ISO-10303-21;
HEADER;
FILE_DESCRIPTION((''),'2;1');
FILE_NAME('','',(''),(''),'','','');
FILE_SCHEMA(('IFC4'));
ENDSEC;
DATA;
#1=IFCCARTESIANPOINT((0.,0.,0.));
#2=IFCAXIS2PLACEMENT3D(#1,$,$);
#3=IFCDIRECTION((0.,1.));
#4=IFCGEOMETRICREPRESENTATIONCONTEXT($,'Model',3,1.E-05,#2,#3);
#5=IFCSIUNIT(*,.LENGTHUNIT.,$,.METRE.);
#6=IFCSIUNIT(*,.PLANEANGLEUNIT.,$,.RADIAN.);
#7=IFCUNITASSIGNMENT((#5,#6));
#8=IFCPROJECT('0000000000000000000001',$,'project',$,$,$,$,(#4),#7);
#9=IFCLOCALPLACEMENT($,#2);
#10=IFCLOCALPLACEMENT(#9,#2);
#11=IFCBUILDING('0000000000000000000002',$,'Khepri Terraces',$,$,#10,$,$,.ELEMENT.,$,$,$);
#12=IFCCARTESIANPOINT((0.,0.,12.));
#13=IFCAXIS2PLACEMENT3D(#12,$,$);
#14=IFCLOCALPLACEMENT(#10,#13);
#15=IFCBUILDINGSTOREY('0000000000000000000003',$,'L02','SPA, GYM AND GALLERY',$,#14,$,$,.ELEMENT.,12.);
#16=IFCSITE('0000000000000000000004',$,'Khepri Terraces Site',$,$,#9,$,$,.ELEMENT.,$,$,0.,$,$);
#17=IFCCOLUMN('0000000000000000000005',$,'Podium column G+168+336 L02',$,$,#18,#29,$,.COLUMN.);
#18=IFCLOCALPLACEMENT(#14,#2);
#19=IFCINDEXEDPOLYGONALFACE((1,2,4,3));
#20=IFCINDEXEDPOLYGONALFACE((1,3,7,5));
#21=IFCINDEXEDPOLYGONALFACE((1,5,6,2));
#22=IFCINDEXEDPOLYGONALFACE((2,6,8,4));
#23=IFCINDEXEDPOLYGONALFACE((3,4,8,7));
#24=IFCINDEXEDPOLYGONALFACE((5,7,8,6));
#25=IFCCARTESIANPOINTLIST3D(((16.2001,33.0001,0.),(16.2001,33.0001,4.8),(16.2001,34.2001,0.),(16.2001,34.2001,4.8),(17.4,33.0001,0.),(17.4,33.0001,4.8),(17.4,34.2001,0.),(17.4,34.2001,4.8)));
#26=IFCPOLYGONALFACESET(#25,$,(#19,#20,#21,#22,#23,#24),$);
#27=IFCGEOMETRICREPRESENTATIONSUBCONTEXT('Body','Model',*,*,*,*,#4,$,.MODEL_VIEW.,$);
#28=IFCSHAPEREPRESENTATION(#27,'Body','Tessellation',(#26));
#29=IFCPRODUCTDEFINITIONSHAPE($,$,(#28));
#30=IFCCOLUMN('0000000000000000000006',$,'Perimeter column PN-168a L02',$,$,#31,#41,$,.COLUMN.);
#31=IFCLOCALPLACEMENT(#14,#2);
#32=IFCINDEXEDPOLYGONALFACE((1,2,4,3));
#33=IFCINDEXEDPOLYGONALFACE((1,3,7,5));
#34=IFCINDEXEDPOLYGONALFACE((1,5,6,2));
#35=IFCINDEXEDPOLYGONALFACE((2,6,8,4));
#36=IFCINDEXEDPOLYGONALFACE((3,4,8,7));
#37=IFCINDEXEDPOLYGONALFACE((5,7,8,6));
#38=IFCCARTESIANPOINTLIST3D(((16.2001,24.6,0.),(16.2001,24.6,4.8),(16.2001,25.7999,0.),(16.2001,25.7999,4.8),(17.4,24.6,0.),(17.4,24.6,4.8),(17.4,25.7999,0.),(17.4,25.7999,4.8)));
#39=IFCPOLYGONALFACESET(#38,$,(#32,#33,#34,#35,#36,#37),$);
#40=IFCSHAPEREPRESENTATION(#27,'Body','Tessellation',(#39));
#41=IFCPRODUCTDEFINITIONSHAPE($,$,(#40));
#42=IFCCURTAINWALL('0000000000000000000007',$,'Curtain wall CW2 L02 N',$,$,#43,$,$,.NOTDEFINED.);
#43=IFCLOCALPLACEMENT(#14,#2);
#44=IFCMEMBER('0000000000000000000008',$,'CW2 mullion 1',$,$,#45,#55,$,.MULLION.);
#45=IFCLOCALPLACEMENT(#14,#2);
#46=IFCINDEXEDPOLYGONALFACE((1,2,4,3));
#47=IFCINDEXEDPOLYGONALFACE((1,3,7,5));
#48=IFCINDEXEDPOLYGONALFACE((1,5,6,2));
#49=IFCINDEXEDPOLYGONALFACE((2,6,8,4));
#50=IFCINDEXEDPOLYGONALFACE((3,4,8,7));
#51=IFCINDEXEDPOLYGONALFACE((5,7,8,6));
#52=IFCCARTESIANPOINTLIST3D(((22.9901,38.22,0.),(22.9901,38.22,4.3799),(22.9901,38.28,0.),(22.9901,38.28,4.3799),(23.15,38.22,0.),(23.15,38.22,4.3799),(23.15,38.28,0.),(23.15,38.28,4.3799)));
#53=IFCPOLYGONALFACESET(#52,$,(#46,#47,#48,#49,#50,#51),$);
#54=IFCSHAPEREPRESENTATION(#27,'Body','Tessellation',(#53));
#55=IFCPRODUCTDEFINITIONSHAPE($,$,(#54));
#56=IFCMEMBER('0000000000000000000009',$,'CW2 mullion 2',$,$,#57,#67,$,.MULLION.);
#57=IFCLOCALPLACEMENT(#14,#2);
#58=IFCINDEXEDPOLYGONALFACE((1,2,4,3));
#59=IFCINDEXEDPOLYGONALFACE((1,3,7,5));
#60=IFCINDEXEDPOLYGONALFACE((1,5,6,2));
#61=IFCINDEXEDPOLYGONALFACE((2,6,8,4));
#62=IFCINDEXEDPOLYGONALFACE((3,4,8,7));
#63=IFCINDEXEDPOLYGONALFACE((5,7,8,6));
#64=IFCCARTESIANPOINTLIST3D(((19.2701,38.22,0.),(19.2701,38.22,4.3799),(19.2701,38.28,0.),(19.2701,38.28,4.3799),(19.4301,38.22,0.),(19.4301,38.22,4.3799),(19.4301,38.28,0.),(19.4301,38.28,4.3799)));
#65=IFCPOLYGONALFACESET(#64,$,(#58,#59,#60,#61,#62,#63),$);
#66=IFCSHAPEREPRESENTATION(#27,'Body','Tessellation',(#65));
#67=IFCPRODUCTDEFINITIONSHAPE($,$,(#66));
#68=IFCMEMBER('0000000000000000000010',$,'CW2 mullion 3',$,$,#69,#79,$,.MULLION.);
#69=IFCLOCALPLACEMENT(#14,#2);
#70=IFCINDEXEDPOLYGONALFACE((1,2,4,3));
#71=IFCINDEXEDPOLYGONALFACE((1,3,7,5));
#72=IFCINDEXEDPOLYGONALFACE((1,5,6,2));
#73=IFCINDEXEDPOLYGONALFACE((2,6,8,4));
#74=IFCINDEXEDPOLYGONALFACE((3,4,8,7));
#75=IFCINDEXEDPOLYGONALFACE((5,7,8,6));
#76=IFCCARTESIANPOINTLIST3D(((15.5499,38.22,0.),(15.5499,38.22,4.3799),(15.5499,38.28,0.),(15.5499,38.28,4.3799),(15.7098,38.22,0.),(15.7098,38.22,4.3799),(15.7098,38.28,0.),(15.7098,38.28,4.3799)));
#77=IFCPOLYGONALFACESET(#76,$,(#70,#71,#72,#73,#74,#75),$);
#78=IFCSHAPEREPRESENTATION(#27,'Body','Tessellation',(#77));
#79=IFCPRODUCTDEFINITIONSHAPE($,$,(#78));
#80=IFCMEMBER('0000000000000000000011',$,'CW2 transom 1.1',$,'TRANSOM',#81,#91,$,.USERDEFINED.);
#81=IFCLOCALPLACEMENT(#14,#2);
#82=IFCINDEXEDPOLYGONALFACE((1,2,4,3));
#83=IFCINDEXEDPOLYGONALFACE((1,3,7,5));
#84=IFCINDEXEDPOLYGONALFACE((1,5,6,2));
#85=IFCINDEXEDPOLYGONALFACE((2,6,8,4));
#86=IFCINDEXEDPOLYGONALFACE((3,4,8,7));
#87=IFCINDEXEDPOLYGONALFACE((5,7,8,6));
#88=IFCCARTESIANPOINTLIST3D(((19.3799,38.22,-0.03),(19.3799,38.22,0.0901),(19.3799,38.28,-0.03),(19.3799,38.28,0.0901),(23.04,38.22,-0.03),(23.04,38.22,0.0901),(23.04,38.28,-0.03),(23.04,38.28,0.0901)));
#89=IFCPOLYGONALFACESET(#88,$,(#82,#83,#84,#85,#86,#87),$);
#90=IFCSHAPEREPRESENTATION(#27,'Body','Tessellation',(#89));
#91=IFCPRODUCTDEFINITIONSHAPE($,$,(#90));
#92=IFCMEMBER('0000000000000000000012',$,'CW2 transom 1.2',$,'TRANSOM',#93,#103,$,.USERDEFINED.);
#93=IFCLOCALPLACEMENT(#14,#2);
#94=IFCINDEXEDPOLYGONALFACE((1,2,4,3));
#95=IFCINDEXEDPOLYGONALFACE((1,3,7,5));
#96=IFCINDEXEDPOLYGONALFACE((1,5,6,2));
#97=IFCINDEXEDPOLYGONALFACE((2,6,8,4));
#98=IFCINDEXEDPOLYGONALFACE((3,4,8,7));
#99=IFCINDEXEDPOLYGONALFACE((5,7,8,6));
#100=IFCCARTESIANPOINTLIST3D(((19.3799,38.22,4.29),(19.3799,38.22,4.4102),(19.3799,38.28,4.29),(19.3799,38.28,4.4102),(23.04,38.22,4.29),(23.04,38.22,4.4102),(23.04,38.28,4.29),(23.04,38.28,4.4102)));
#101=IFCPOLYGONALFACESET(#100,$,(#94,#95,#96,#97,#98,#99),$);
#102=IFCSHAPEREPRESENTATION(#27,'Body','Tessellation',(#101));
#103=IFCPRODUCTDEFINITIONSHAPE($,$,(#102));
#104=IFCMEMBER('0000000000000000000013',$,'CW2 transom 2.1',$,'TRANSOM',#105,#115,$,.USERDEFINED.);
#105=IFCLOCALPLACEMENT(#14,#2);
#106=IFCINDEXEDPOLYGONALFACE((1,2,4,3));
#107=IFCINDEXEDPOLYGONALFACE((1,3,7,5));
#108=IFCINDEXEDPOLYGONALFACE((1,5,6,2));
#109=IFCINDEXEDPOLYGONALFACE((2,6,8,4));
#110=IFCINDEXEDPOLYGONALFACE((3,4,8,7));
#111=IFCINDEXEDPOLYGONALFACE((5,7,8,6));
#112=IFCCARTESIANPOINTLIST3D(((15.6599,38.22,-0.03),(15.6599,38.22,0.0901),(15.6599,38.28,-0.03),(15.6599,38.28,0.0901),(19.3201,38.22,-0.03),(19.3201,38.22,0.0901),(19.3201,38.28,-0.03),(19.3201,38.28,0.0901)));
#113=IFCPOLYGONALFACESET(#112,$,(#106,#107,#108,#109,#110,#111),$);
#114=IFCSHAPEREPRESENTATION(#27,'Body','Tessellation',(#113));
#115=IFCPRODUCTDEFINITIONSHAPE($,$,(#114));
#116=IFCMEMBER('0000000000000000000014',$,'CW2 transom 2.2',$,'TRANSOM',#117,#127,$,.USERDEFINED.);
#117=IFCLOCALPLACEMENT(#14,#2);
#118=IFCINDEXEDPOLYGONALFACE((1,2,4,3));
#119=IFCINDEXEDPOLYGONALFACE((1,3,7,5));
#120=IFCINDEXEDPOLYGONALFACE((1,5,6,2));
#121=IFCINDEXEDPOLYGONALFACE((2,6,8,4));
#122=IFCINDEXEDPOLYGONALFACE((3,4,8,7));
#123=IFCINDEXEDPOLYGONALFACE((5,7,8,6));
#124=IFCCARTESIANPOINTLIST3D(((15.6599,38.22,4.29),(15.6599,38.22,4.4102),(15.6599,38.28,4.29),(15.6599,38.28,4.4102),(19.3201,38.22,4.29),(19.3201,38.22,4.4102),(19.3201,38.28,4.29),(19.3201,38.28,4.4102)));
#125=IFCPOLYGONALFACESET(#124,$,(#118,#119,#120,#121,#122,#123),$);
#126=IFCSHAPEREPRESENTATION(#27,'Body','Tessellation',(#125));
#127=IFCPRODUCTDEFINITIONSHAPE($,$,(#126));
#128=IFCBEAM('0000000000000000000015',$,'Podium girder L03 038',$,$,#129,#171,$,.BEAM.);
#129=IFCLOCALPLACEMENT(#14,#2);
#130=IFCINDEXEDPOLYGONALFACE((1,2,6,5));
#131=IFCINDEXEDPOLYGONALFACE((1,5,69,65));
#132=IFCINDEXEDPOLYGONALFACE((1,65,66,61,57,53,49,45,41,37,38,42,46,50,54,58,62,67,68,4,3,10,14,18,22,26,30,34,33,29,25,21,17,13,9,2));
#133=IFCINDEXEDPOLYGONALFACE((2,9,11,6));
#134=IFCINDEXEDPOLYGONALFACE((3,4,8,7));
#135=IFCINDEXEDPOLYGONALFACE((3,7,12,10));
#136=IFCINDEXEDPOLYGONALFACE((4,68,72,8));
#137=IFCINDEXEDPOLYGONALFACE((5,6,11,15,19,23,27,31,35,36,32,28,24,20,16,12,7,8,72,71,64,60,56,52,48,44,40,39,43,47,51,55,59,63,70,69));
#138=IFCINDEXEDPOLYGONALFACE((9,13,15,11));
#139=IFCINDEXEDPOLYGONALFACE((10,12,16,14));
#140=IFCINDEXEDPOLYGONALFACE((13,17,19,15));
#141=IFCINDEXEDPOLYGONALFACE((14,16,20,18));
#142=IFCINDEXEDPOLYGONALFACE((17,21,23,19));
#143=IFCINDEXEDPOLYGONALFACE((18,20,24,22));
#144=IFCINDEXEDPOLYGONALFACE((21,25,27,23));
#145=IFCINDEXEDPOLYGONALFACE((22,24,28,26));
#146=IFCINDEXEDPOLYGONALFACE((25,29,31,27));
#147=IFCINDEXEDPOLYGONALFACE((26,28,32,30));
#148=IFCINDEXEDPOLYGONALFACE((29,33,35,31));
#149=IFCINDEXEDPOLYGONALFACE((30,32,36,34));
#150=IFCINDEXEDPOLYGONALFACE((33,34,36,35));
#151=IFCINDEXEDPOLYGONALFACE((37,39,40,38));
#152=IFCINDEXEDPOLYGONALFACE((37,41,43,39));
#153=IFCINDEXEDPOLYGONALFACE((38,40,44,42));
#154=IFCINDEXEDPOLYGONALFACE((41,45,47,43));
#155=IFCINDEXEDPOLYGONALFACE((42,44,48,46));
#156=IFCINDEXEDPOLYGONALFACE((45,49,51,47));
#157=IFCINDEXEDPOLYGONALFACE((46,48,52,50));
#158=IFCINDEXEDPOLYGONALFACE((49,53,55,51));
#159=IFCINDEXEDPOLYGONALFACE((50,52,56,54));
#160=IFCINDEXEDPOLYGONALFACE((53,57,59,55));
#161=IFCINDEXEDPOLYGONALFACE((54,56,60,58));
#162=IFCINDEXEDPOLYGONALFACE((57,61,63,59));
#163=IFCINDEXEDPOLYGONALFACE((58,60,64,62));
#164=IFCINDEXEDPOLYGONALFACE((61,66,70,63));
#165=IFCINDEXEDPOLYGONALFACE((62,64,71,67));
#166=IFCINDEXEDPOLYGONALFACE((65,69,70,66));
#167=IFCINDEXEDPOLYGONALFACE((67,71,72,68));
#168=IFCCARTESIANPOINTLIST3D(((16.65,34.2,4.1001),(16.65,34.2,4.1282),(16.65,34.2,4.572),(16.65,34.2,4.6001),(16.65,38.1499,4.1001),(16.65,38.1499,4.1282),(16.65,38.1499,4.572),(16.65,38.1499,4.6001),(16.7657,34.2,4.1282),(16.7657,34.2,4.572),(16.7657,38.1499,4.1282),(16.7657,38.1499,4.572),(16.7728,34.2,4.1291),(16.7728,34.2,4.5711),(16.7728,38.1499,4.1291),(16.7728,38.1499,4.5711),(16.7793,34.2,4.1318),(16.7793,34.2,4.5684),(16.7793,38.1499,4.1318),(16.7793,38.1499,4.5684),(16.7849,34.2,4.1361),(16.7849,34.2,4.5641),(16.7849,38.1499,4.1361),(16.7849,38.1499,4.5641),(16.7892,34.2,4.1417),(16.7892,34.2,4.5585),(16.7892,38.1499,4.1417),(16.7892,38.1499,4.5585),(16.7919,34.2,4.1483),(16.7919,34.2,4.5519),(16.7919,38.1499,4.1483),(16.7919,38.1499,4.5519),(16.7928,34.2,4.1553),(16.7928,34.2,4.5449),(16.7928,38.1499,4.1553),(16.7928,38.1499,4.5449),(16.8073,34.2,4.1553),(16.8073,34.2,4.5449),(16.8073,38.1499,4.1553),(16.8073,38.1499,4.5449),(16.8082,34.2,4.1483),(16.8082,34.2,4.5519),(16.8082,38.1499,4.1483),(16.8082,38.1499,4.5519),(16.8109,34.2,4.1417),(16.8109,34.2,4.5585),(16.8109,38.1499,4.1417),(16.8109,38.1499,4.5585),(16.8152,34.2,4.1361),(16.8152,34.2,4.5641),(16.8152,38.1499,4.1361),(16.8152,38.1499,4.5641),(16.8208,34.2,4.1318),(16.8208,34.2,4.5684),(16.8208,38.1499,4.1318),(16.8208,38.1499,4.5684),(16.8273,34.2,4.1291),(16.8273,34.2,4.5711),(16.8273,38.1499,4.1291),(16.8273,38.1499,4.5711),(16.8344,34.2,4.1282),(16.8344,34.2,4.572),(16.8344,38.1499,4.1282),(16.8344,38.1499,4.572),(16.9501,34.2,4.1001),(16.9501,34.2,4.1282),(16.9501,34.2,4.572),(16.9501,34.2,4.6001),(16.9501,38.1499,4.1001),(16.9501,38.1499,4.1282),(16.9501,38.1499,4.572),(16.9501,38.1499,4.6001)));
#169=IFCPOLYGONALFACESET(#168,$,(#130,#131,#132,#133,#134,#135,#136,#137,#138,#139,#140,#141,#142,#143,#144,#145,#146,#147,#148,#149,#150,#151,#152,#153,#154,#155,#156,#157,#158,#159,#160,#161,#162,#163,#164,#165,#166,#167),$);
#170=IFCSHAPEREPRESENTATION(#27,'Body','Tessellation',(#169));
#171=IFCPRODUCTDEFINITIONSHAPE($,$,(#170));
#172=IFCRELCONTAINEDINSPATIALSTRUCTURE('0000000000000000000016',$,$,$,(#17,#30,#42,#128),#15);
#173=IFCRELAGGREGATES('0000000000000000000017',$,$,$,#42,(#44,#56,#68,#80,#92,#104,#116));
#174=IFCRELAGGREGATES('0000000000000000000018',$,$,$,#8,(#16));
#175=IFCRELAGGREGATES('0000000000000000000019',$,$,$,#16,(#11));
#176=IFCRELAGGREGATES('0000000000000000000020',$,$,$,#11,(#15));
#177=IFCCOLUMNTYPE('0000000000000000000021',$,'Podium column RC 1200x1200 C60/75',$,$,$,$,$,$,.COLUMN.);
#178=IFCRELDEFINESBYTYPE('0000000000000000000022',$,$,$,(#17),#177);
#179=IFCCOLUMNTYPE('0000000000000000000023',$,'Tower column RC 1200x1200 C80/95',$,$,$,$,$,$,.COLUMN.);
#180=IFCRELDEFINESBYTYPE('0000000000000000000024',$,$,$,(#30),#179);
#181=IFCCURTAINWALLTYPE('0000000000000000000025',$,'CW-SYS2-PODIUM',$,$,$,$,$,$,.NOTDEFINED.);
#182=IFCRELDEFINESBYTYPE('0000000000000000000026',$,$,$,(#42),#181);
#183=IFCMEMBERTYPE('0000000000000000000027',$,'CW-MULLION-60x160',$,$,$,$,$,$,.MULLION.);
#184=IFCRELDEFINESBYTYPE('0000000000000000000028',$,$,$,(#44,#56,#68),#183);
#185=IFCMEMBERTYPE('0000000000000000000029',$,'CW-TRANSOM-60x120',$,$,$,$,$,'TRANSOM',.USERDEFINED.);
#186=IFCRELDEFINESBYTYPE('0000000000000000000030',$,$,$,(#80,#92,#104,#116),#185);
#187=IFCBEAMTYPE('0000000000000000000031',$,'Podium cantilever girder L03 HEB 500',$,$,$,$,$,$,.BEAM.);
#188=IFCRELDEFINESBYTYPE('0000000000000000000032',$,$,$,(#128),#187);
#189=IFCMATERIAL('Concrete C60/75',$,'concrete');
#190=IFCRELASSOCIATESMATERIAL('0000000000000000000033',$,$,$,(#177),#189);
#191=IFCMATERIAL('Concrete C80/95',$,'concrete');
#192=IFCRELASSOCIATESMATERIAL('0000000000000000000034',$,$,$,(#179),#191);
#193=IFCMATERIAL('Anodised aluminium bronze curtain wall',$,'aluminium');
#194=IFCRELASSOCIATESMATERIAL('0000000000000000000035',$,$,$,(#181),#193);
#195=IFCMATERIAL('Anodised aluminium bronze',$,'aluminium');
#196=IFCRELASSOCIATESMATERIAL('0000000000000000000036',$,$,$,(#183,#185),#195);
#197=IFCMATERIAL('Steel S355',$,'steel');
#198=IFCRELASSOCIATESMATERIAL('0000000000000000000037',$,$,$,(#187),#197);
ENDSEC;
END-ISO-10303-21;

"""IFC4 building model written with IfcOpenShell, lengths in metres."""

from ifc_helpers import new_model, si_unit, direction, frame, origin, origin_2d, place, context, subcontext, project, spatial, rectangle, i_section, extrude, material, material_profile, profile_set, type_object, element, aggregate, save


model = new_model("IFC4")

# Units and contexts
model_context = context("Model", 3, precision=1e-05, world=origin(), true_north=direction((0.0, 1.0)))
body_context = subcontext(model_context, "Body", "Model", "MODEL_VIEW")
ifc_project = project(units=[si_unit("LENGTHUNIT", "METRE"), si_unit("PLANEANGLEUNIT", "RADIAN")], contexts=[model_context])

# Site, building, storey
site_placement = place(None, origin())
site = spatial("IfcSite", under=ifc_project, at=site_placement, Name="Khepri Terraces Site", CompositionType="ELEMENT", RefElevation=0.0)
building_placement = place(site_placement, origin())
building = spatial("IfcBuilding", under=site, at=building_placement, Name="Khepri Terraces", CompositionType="ELEMENT")
storey_placement = place(building_placement, frame((0.0, 0.0, 12.0)))
storey = spatial("IfcBuildingStorey", under=building, at=storey_placement, Name="L02", Description="SPA, GYM AND GALLERY", CompositionType="ELEMENT", Elevation=12.0)

# Columns
ifc_material_1 = material(Name="Concrete C60/75", Category="concrete")
ifc_material_profile_1 = material_profile(ifc_material_1, rectangle(XDim=1.2, YDim=1.2, at=origin_2d()), Name="Concrete C60/75", Category="concrete")
ifc_profile_set_1 = profile_set([ifc_material_profile_1], Name="Concrete C60/75")
column_type_1 = type_object("IfcColumnType", Name="Podium column RC 1200x1200 C60/75", PredefinedType="COLUMN", material=ifc_profile_set_1)
column_1_placement = place(storey_placement, frame((16.8, 33.6001, 0.0), z_axis=(0.0, 0.0, 1.0), x_axis=(1.0, 0.0, 0.0)))
element("IfcColumn", 1, at=column_1_placement, inside=storey, type_object=column_type_1, Name="Podium column G+168+336 L02", PredefinedType="COLUMN", context=body_context, shape_type="SweptSolid", body=[
    extrude(rectangle(XDim=1.2, YDim=1.2, at=origin_2d()), origin(), (0.0, 0.0, 1.0), 4.8),
])
ifc_material_2 = material(Name="Concrete C80/95", Category="concrete")
ifc_material_profile_2 = material_profile(ifc_material_2, rectangle(XDim=1.2, YDim=1.2, at=origin_2d()), Name="Concrete C80/95", Category="concrete")
ifc_profile_set_2 = profile_set([ifc_material_profile_2], Name="Concrete C80/95")
column_type_2 = type_object("IfcColumnType", Name="Tower column RC 1200x1200 C80/95", PredefinedType="COLUMN", material=ifc_profile_set_2)
column_2_placement = place(storey_placement, frame((16.8, 25.2, 0.0), z_axis=(0.0, 0.0, 1.0), x_axis=(1.0, 0.0, 0.0)))
element("IfcColumn", 2, at=column_2_placement, inside=storey, type_object=column_type_2, Name="Perimeter column PN-168a L02", PredefinedType="COLUMN", context=body_context, shape_type="SweptSolid", body=[
    extrude(rectangle(XDim=1.2, YDim=1.2, at=origin_2d()), origin(), (0.0, 0.0, 1.0), 4.8),
])

# Curtain wall, members
ifc_material_3 = material(Name="Anodised aluminium bronze curtain wall", Category="aluminium")
curtain_wall_type = type_object("IfcCurtainWallType", Name="CW-SYS2-PODIUM", PredefinedType="NOTDEFINED", material=ifc_material_3)
curtain_wall_placement = place(storey_placement, origin())
curtain_wall = element("IfcCurtainWall", 3, at=curtain_wall_placement, inside=storey, type_object=curtain_wall_type, Name="Curtain wall CW2 L02 N", PredefinedType="NOTDEFINED")
ifc_material_4 = material(Name="Anodised aluminium bronze", Category="aluminium")
ifc_material_profile_3 = material_profile(ifc_material_4, rectangle(XDim=0.0601, YDim=0.1599, at=origin_2d()), Name="Anodised aluminium bronze", Category="aluminium")
ifc_profile_set_3 = profile_set([ifc_material_profile_3], Name="Anodised aluminium bronze")
member_type_1 = type_object("IfcMemberType", Name="CW-MULLION-60x160", PredefinedType="MULLION", material=ifc_profile_set_3)
member_1_placement = place(storey_placement, frame((23.0701, 38.25, 0.0), z_axis=(0.0, 0.0, 1.0), x_axis=(0.0, -1.0, 0.0)))
member_1 = element("IfcMember", 4, at=member_1_placement, type_object=member_type_1, Name="CW2 mullion 1", PredefinedType="MULLION", context=body_context, shape_type="SweptSolid", body=[
    extrude(rectangle(XDim=0.0601, YDim=0.1599, at=origin_2d()), origin(), (0.0, 0.0, 1.0), 4.3799),
])
member_2_placement = place(storey_placement, frame((19.3501, 38.25, 0.0), z_axis=(0.0, 0.0, 1.0), x_axis=(0.0, -1.0, 0.0)))
member_2 = element("IfcMember", 5, at=member_2_placement, type_object=member_type_1, Name="CW2 mullion 2", PredefinedType="MULLION", context=body_context, shape_type="SweptSolid", body=[
    extrude(rectangle(XDim=0.0601, YDim=0.1599, at=origin_2d()), origin(), (0.0, 0.0, 1.0), 4.3799),
])
member_3_placement = place(storey_placement, frame((15.6299, 38.25, 0.0), z_axis=(0.0, 0.0, 1.0), x_axis=(0.0, -1.0, 0.0)))
member_3 = element("IfcMember", 6, at=member_3_placement, type_object=member_type_1, Name="CW2 mullion 3", PredefinedType="MULLION", context=body_context, shape_type="SweptSolid", body=[
    extrude(rectangle(XDim=0.0601, YDim=0.1599, at=origin_2d()), origin(), (0.0, 0.0, 1.0), 4.3799),
])
ifc_material_profile_4 = material_profile(ifc_material_4, rectangle(XDim=0.0601, YDim=0.1201, at=origin_2d()), Name="Anodised aluminium bronze", Category="aluminium")
ifc_profile_set_4 = profile_set([ifc_material_profile_4], Name="Anodised aluminium bronze")
member_type_2 = type_object("IfcMemberType", Name="CW-TRANSOM-60x120", ElementType="TRANSOM", PredefinedType="USERDEFINED", material=ifc_profile_set_4)
member_4_placement = place(storey_placement, frame((23.04, 38.25, 0.03), z_axis=(-1.0, 0.0, 0.0), x_axis=(0.0, -1.0, 0.0)))
member_4 = element("IfcMember", 7, at=member_4_placement, type_object=member_type_2, Name="CW2 transom 1.1", ObjectType="TRANSOM", PredefinedType="USERDEFINED", context=body_context, shape_type="SweptSolid", body=[
    extrude(rectangle(XDim=0.0601, YDim=0.1201, at=origin_2d()), origin(), (0.0, 0.0, 1.0), 3.6602),
])
member_5_placement = place(storey_placement, frame((23.04, 38.25, 4.3501), z_axis=(-1.0, 0.0, 0.0), x_axis=(0.0, -1.0, 0.0)))
member_5 = element("IfcMember", 8, at=member_5_placement, type_object=member_type_2, Name="CW2 transom 1.2", ObjectType="TRANSOM", PredefinedType="USERDEFINED", context=body_context, shape_type="SweptSolid", body=[
    extrude(rectangle(XDim=0.0601, YDim=0.1201, at=origin_2d()), origin(), (0.0, 0.0, 1.0), 3.6602),
])
member_6_placement = place(storey_placement, frame((19.3201, 38.25, 0.03), z_axis=(-1.0, 0.0, 0.0), x_axis=(0.0, -1.0, 0.0)))
member_6 = element("IfcMember", 9, at=member_6_placement, type_object=member_type_2, Name="CW2 transom 2.1", ObjectType="TRANSOM", PredefinedType="USERDEFINED", context=body_context, shape_type="SweptSolid", body=[
    extrude(rectangle(XDim=0.0601, YDim=0.1201, at=origin_2d()), origin(), (0.0, 0.0, 1.0), 3.6602),
])
member_7_placement = place(storey_placement, frame((19.3201, 38.25, 4.3501), z_axis=(-1.0, 0.0, 0.0), x_axis=(0.0, -1.0, 0.0)))
member_7 = element("IfcMember", 10, at=member_7_placement, type_object=member_type_2, Name="CW2 transom 2.2", ObjectType="TRANSOM", PredefinedType="USERDEFINED", context=body_context, shape_type="SweptSolid", body=[
    extrude(rectangle(XDim=0.0601, YDim=0.1201, at=origin_2d()), origin(), (0.0, 0.0, 1.0), 3.6602),
])

# Beam
ifc_material_5 = material(Name="Steel S355", Category="steel")
ifc_material_profile_5 = material_profile(ifc_material_5, i_section(OverallWidth=0.3, OverallDepth=0.5, WebThickness=0.0144, FlangeThickness=0.0281, FilletRadius=0.0271, at=origin_2d()), Name="Steel S355", Category="steel")
ifc_profile_set_5 = profile_set([ifc_material_profile_5], Name="Steel S355")
beam_type_1 = type_object("IfcBeamType", Name="Podium cantilever girder L03 HEB 500", PredefinedType="BEAM", material=ifc_profile_set_5)
beam_1_placement = place(storey_placement, frame((16.8, 34.2, 4.3501), z_axis=(0.0, 1.0, 0.0), x_axis=(-1.0, 0.0, 0.0)))
element("IfcBeam", 11, at=beam_1_placement, inside=storey, type_object=beam_type_1, Name="Podium girder L03 038", PredefinedType="BEAM", context=body_context, shape_type="SweptSolid", body=[
    extrude(i_section(OverallWidth=0.3, OverallDepth=0.5, WebThickness=0.0144, FlangeThickness=0.0281, FilletRadius=0.0271, at=origin_2d()), origin(), (0.0, 0.0, 1.0), 3.95),
])

aggregate(curtain_wall, [member_1, member_2, member_3, member_4, member_5, member_6, member_7])

save(model, "model.ifc")
